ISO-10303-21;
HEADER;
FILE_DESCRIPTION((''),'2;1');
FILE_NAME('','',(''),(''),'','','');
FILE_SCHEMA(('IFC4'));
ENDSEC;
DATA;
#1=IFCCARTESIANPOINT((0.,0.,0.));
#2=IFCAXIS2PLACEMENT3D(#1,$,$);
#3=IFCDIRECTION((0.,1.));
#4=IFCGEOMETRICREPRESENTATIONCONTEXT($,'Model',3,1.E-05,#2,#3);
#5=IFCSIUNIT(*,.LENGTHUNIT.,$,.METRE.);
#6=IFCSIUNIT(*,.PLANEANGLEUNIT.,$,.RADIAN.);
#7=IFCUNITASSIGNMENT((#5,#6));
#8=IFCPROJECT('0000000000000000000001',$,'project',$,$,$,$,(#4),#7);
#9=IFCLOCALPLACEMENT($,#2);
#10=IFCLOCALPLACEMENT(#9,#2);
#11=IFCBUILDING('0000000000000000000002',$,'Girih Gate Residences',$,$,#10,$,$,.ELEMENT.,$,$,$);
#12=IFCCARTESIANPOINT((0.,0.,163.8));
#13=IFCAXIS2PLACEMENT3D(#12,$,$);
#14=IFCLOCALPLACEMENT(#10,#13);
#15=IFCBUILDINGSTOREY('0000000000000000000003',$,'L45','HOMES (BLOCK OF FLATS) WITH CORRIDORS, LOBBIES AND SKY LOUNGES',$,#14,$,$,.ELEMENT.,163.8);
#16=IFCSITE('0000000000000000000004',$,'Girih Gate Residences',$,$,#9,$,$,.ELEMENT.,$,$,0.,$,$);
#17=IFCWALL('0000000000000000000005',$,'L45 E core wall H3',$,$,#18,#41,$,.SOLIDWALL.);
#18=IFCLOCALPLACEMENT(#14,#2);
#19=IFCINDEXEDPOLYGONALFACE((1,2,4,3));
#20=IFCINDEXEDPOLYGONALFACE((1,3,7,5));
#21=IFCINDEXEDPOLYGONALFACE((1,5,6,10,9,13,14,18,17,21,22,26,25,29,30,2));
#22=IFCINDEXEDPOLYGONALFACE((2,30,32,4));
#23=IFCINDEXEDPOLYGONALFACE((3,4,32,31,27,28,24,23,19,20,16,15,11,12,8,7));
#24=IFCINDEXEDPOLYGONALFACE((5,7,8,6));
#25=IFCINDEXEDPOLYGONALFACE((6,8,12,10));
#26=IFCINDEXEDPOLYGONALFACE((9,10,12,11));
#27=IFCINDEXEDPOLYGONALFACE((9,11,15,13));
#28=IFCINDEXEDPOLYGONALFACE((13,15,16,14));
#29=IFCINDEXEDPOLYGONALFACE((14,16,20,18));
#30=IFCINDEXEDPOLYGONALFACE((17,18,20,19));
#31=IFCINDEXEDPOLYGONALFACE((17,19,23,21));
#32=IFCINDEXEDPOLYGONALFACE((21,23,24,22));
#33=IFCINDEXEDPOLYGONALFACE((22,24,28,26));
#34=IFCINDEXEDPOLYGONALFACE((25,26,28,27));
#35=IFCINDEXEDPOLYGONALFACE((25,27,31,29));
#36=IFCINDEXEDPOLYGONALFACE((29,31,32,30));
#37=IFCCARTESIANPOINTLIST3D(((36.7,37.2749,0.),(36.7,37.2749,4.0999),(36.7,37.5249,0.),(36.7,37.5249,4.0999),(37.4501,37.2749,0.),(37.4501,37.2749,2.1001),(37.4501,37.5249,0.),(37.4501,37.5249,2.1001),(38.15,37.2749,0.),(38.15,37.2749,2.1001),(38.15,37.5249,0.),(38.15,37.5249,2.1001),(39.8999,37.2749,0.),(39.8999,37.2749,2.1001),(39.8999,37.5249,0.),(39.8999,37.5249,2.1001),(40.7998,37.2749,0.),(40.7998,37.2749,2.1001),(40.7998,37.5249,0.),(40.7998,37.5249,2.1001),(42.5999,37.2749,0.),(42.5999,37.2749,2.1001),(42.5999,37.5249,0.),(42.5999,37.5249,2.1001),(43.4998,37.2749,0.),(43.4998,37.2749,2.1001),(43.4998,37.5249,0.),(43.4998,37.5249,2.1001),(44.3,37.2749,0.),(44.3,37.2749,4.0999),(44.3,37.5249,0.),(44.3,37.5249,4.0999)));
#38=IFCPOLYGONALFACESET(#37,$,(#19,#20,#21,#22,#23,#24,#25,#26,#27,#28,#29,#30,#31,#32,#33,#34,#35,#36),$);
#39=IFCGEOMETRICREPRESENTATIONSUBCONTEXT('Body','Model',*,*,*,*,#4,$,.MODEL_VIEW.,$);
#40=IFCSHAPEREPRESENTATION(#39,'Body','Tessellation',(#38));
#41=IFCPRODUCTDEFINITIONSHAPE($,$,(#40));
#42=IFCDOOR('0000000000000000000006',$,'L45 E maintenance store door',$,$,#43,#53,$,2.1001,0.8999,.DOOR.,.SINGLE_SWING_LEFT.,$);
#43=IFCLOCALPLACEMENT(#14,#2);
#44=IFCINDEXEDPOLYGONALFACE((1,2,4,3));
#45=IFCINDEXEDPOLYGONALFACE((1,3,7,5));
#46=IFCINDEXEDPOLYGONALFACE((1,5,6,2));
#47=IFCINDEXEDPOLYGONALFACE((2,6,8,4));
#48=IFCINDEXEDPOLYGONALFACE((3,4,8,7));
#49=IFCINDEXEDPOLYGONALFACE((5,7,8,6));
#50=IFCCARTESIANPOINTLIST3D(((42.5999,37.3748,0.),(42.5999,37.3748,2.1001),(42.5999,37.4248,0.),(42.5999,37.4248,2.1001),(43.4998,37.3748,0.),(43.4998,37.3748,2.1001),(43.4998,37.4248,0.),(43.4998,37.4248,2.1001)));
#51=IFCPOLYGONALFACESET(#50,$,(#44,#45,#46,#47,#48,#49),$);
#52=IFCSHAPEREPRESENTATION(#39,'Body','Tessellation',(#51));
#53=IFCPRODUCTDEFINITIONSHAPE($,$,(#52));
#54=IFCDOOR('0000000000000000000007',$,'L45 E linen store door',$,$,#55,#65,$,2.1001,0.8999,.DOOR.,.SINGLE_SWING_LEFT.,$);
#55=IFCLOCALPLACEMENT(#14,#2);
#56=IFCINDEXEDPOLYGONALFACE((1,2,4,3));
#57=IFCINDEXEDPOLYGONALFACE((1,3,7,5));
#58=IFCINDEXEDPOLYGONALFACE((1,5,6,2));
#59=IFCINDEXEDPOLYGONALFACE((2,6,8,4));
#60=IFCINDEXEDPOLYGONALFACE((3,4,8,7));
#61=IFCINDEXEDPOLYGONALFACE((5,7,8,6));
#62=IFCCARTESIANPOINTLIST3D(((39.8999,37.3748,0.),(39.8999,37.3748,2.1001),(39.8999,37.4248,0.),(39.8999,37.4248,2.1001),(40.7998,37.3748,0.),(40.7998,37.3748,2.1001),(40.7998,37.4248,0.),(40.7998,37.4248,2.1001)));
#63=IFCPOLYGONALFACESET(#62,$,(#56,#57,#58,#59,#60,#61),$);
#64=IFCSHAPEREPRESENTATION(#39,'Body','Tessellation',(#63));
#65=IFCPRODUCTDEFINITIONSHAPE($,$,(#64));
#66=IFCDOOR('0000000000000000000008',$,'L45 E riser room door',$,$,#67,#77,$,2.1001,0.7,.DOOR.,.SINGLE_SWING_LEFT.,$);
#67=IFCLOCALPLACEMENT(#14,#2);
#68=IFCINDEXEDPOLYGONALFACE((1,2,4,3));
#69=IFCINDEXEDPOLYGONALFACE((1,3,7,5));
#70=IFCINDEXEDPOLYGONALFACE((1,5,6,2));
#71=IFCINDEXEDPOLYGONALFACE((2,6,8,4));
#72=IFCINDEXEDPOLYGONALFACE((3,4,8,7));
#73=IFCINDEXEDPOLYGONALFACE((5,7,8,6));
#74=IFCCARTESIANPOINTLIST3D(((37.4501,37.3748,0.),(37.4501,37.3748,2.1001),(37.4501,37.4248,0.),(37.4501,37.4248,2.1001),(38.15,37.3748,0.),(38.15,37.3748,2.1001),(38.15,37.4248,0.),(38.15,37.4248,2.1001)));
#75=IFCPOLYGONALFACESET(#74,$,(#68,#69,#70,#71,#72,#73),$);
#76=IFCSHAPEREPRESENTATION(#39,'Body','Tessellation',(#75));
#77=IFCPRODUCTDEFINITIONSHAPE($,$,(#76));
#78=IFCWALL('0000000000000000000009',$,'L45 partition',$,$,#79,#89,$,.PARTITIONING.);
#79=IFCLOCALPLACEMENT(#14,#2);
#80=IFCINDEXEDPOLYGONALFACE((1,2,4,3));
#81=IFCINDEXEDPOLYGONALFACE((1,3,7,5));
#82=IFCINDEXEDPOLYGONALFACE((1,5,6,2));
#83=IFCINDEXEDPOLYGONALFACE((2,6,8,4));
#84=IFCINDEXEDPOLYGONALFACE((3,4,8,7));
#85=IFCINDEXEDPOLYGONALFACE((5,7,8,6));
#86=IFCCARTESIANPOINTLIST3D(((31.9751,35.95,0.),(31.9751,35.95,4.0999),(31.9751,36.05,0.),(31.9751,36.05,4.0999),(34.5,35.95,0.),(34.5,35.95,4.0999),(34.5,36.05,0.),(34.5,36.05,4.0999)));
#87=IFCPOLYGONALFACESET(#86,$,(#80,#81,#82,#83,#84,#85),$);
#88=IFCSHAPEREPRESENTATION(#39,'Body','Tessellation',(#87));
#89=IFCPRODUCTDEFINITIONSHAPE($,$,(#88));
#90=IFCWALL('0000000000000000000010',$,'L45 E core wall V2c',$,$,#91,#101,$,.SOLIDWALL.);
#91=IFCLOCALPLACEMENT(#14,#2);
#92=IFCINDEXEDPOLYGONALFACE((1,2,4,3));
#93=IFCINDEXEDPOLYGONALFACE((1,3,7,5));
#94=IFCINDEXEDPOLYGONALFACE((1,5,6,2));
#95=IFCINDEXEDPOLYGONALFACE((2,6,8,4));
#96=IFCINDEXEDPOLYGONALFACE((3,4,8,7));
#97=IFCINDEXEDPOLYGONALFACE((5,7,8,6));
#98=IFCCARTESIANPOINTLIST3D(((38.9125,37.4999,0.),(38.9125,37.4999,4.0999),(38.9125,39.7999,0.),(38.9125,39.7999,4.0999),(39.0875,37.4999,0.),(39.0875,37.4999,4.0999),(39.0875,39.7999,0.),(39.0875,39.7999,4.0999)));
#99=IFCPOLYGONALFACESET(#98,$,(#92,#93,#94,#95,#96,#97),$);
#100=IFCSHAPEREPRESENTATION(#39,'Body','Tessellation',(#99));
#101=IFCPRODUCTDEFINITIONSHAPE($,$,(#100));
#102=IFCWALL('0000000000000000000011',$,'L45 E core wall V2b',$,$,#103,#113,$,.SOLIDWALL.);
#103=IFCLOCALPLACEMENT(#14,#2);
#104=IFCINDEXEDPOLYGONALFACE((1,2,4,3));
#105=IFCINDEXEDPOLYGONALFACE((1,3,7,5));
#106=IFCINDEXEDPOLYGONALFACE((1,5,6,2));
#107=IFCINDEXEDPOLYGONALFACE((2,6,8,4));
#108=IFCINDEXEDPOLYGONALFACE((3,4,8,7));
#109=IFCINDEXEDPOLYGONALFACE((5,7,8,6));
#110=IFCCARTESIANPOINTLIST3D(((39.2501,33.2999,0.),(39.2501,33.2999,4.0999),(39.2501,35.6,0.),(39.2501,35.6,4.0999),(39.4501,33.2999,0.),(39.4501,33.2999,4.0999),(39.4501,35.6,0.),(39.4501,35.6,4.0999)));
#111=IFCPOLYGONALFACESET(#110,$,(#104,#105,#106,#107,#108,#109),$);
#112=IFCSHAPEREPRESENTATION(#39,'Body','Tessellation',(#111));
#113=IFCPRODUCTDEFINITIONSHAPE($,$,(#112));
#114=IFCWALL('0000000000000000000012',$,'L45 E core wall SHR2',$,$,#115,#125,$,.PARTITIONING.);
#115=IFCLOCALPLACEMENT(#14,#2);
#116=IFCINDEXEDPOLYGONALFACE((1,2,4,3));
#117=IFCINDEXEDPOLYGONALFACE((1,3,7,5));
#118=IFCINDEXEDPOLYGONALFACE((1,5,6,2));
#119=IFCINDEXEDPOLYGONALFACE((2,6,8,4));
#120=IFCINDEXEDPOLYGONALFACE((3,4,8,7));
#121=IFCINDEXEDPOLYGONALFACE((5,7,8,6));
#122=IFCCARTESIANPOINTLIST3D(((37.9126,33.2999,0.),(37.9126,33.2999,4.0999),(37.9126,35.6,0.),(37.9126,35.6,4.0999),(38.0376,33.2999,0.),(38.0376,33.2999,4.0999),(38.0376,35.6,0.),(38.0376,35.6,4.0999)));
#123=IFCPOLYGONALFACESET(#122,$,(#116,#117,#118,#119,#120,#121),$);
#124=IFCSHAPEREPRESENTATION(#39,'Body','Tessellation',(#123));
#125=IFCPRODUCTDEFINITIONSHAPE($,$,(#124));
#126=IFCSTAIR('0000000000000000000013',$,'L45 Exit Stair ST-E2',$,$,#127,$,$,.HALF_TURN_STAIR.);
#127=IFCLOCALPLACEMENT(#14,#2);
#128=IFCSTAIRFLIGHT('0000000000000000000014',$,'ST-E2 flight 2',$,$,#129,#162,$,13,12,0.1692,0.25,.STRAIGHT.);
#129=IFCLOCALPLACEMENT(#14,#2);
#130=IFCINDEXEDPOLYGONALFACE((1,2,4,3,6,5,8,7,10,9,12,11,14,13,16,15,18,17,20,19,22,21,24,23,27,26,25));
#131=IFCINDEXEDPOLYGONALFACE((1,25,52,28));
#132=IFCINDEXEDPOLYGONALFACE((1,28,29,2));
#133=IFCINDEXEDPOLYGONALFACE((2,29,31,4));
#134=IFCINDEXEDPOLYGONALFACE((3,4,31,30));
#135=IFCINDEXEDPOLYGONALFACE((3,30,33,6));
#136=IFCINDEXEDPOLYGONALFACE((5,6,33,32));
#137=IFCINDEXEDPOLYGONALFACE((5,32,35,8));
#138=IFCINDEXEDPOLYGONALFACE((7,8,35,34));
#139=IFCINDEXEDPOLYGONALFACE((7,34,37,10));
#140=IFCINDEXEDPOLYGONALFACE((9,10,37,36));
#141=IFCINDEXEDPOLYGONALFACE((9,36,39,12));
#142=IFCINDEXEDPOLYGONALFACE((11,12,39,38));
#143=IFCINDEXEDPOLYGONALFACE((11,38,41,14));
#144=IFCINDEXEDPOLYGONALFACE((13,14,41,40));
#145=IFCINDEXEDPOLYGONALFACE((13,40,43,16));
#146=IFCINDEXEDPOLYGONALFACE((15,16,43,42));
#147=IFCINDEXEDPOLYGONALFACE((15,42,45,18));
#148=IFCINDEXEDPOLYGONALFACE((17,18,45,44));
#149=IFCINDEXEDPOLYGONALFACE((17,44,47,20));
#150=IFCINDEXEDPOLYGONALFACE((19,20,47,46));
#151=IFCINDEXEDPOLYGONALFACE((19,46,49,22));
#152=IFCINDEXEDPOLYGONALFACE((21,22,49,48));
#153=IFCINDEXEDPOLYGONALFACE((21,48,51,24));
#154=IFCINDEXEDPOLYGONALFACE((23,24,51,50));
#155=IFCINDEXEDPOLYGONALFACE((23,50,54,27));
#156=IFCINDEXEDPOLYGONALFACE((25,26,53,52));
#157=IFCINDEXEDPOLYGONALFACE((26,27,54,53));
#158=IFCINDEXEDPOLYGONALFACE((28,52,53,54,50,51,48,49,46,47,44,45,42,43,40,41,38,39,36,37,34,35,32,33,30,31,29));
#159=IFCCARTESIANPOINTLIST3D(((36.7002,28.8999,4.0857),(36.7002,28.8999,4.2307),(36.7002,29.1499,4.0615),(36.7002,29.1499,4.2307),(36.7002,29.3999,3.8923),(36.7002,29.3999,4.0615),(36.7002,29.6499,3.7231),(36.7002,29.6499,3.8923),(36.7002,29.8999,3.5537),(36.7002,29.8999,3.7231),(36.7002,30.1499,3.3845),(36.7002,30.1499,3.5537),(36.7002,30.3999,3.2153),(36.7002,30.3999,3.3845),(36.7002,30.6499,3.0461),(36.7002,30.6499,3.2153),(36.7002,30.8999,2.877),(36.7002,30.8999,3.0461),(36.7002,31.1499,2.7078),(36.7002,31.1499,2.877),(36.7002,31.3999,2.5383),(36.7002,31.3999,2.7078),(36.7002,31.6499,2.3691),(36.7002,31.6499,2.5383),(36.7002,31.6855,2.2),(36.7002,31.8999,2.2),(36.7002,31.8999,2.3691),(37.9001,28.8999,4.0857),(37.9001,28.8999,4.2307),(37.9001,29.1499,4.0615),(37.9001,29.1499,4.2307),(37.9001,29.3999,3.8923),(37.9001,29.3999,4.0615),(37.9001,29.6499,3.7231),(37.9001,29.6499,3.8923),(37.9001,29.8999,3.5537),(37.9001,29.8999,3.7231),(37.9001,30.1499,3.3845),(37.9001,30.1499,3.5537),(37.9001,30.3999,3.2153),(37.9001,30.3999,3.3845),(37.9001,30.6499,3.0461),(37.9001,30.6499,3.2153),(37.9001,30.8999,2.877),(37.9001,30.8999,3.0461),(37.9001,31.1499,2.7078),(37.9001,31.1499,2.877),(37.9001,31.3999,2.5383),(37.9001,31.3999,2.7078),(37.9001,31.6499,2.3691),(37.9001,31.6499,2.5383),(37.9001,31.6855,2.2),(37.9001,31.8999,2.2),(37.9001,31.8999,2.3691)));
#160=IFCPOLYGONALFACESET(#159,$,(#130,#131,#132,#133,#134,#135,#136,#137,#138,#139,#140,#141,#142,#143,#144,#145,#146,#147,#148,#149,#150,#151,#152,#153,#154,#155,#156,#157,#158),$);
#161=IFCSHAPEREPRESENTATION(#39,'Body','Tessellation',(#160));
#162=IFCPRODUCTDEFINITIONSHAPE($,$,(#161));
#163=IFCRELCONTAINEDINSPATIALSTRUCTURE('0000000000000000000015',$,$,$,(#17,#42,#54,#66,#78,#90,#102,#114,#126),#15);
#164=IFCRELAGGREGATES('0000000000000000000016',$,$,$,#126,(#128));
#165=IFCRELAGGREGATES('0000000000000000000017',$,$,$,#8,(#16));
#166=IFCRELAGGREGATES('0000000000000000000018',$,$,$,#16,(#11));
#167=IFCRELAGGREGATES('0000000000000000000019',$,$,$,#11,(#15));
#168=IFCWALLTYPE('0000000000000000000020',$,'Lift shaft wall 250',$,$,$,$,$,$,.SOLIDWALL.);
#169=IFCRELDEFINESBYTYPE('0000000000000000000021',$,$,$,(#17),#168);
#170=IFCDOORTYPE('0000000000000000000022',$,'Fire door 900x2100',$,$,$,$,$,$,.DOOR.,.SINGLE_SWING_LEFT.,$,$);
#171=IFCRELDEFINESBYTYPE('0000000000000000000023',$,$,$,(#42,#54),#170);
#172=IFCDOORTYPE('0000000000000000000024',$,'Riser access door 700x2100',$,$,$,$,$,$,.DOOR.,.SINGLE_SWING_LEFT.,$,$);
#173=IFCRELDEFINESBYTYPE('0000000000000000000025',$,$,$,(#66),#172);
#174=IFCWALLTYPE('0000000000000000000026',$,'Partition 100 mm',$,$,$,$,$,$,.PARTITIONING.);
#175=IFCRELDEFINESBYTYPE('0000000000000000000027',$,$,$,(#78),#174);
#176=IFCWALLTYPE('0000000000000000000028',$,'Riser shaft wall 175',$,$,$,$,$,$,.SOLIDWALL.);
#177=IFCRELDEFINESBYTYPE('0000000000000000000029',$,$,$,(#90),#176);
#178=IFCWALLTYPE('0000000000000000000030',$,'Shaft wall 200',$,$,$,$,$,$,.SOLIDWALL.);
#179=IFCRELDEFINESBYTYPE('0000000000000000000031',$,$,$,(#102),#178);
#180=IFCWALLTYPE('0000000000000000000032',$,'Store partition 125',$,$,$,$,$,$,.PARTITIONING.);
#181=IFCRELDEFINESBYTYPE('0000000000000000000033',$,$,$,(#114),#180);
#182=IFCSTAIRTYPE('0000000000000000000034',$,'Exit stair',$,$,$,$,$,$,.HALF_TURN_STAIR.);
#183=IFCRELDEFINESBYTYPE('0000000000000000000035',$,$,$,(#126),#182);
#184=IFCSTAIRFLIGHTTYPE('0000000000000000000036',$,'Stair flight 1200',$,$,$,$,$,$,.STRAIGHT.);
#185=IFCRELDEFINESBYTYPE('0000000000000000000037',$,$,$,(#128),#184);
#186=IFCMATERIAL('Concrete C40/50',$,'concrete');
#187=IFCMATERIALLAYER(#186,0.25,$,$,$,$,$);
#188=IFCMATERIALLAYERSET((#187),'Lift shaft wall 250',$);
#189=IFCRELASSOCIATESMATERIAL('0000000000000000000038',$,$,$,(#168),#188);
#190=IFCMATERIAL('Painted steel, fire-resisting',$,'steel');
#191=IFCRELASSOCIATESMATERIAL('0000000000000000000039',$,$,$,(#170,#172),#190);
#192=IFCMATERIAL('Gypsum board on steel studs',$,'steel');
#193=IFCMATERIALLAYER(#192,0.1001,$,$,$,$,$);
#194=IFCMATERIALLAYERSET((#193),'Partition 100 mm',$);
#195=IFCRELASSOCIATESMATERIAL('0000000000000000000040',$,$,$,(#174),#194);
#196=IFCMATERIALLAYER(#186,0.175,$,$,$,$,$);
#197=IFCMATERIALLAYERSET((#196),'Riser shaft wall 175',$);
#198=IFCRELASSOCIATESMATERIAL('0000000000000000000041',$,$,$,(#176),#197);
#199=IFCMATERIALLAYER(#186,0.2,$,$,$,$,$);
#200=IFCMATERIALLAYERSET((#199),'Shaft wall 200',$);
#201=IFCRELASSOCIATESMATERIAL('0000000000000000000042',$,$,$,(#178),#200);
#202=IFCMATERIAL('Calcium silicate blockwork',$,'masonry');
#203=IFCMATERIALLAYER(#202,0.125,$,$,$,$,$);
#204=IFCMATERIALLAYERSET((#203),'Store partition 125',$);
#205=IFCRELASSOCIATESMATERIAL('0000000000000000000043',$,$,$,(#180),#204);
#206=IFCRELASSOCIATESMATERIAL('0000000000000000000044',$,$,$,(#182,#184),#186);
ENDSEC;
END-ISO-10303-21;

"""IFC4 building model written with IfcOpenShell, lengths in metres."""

from ifc_helpers import new_model, si_unit, direction, frame, frame_2d, origin, place, context, subcontext, project, spatial, polyline, rectangle, outline, extrude, material, layer, layer_set, type_object, element, fill, aggregate, save


model = new_model("IFC4")

# Units and contexts
model_context = context("Model", 3, precision=1e-05, world=origin(), true_north=direction((0.0, 1.0)))
body_context = subcontext(model_context, "Body", "Model", "MODEL_VIEW")
ifc_project = project(units=[si_unit("LENGTHUNIT", "METRE"), si_unit("PLANEANGLEUNIT", "RADIAN")], contexts=[model_context])

# Site, building, storey
site_placement = place(None, origin())
site = spatial("IfcSite", under=ifc_project, at=site_placement, Name="Girih Gate Residences", CompositionType="ELEMENT", RefElevation=0.0)
building_placement = place(site_placement, origin())
building = spatial("IfcBuilding", under=site, at=building_placement, Name="Girih Gate Residences", CompositionType="ELEMENT")
storey_placement = place(building_placement, frame((0.0, 0.0, 163.8)))
storey = spatial("IfcBuildingStorey", under=building, at=storey_placement, Name="L45", Description="HOMES (BLOCK OF FLATS) WITH CORRIDORS, LOBBIES AND SKY LOUNGES", CompositionType="ELEMENT", Elevation=163.8)

# Shared definitions
ifc_material_1 = material(Name="Gypsum board on steel studs", Category="steel")
ifc_material_2 = material(Name="Concrete C40/50", Category="concrete")
ifc_layer_1 = layer(ifc_material_2, 0.25)
ifc_layer_set_1 = layer_set([ifc_layer_1], Name="Lift shaft wall 250")
wall_type_1 = type_object("IfcWallType", Name="Lift shaft wall 250", PredefinedType="SOLIDWALL", material=ifc_layer_set_1)

# Wall, openings, doors
ifc_material_3 = material(Name="Painted steel, fire-resisting", Category="steel")
door_type_1 = type_object("IfcDoorType", Name="Fire door 900x2100", OperationType="SINGLE_SWING_LEFT", PredefinedType="DOOR", material=ifc_material_3)
wall_1_placement = place(storey_placement, frame((36.7, 37.3999, 0.0), z_axis=(0.0, 0.0, 1.0), x_axis=(1.0, 0.0, 0.0)))
wall_1 = element("IfcWall", 1, at=wall_1_placement, inside=storey, type_object=wall_type_1, Name="L45 E core wall H3", PredefinedType="SOLIDWALL", context=body_context, shape_type="SweptSolid", body=[
    extrude(rectangle(XDim=7.6001, YDim=0.25, at=frame_2d((3.8, 0.0))), origin(), (0.0, 0.0, 1.0), 4.0999),
])
opening_1_placement = place(wall_1_placement, frame((0.75, 0.0, 0.0)))
opening_1 = element("IfcOpeningElement", 2, at=opening_1_placement, cuts=wall_1, PredefinedType="OPENING", context=body_context, shape_type="SweptSolid", body=[
    extrude(rectangle(XDim=0.7, YDim=2.1001, at=frame_2d((0.3501, 1.05))), frame((0.0, 0.135, 0.0), z_axis=(0.0, -1.0, 0.0), x_axis=(1.0, 0.0, 0.0)), (0.0, 0.0, 1.0), 0.27),
])
opening_2_placement = place(wall_1_placement, frame((5.8999, 0.0, 0.0)))
opening_2 = element("IfcOpeningElement", 3, at=opening_2_placement, cuts=wall_1, PredefinedType="OPENING", context=body_context, shape_type="SweptSolid", body=[
    extrude(rectangle(XDim=0.8999, YDim=2.1001, at=frame_2d((0.45, 1.05))), frame((0.0, 0.135, 0.0), z_axis=(0.0, -1.0, 0.0), x_axis=(1.0, 0.0, 0.0)), (0.0, 0.0, 1.0), 0.27),
])
opening_3_placement = place(wall_1_placement, frame((3.2, 0.0, 0.0)))
opening_3 = element("IfcOpeningElement", 4, at=opening_3_placement, cuts=wall_1, PredefinedType="OPENING", context=body_context, shape_type="SweptSolid", body=[
    extrude(rectangle(XDim=0.8999, YDim=2.1001, at=frame_2d((0.45, 1.05))), frame((0.0, 0.135, 0.0), z_axis=(0.0, -1.0, 0.0), x_axis=(1.0, 0.0, 0.0)), (0.0, 0.0, 1.0), 0.27),
])
door_1_placement = place(opening_2_placement, origin())
door_1 = element("IfcDoor", 5, at=door_1_placement, inside=storey, type_object=door_type_1, Name="L45 E maintenance store door", OperationType="SINGLE_SWING_LEFT", OverallHeight=2.1001, OverallWidth=0.8999, PredefinedType="DOOR", context=body_context, shape_type="SweptSolid", body=[
    extrude(rectangle(XDim=0.8999, YDim=2.1001, at=frame_2d((0.45, 1.05))), frame((0.0, 0.0249, 0.0), z_axis=(0.0, -1.0, 0.0), x_axis=(1.0, 0.0, 0.0)), (0.0, 0.0, 1.0), 0.05),
])
fill(opening_2, door_1)
door_2_placement = place(opening_3_placement, origin())
door_2 = element("IfcDoor", 6, at=door_2_placement, inside=storey, type_object=door_type_1, Name="L45 E linen store door", OperationType="SINGLE_SWING_LEFT", OverallHeight=2.1001, OverallWidth=0.8999, PredefinedType="DOOR", context=body_context, shape_type="SweptSolid", body=[
    extrude(rectangle(XDim=0.8999, YDim=2.1001, at=frame_2d((0.45, 1.05))), frame((0.0, 0.0249, 0.0), z_axis=(0.0, -1.0, 0.0), x_axis=(1.0, 0.0, 0.0)), (0.0, 0.0, 1.0), 0.05),
])
fill(opening_3, door_2)
door_type_2 = type_object("IfcDoorType", Name="Riser access door 700x2100", OperationType="SINGLE_SWING_LEFT", PredefinedType="DOOR", material=ifc_material_3)
door_3_placement = place(opening_1_placement, origin())
door_3 = element("IfcDoor", 7, at=door_3_placement, inside=storey, type_object=door_type_2, Name="L45 E riser room door", OperationType="SINGLE_SWING_LEFT", OverallHeight=2.1001, OverallWidth=0.7, PredefinedType="DOOR", context=body_context, shape_type="SweptSolid", body=[
    extrude(rectangle(XDim=0.7, YDim=2.1001, at=frame_2d((0.3501, 1.05))), frame((0.0, 0.0249, 0.0), z_axis=(0.0, -1.0, 0.0), x_axis=(1.0, 0.0, 0.0)), (0.0, 0.0, 1.0), 0.05),
])
fill(opening_1, door_3)

# Walls
ifc_layer_2 = layer(ifc_material_1, 0.1001)
ifc_layer_set_2 = layer_set([ifc_layer_2], Name="Partition 100 mm")
wall_type_2 = type_object("IfcWallType", Name="Partition 100 mm", PredefinedType="PARTITIONING", material=ifc_layer_set_2)
wall_2_placement = place(storey_placement, frame((31.9751, 36.0, 0.0), z_axis=(0.0, 0.0, 1.0), x_axis=(1.0, 0.0, 0.0)))
element("IfcWall", 8, at=wall_2_placement, inside=storey, type_object=wall_type_2, Name="L45 partition", PredefinedType="PARTITIONING", context=body_context, shape_type="SweptSolid", body=[
    extrude(rectangle(XDim=2.5249, YDim=0.1001, at=frame_2d((1.2625, 0.0))), origin(), (0.0, 0.0, 1.0), 4.0999),
])
ifc_layer_3 = layer(ifc_material_2, 0.175)
ifc_layer_set_3 = layer_set([ifc_layer_3], Name="Riser shaft wall 175")
wall_type_3 = type_object("IfcWallType", Name="Riser shaft wall 175", PredefinedType="SOLIDWALL", material=ifc_layer_set_3)
wall_3_placement = place(storey_placement, frame((39.0, 37.5, 0.0), z_axis=(0.0, 0.0, 1.0), x_axis=(0.0, 1.0, 0.0)))
element("IfcWall", 9, at=wall_3_placement, inside=storey, type_object=wall_type_3, Name="L45 E core wall V2c", PredefinedType="SOLIDWALL", context=body_context, shape_type="SweptSolid", body=[
    extrude(rectangle(XDim=2.3, YDim=0.175, at=frame_2d((1.1499, 0.0))), origin(), (0.0, 0.0, 1.0), 4.0999),
])
ifc_layer_4 = layer(ifc_material_2, 0.2)
ifc_layer_set_4 = layer_set([ifc_layer_4], Name="Shaft wall 200")
wall_type_4 = type_object("IfcWallType", Name="Shaft wall 200", PredefinedType="SOLIDWALL", material=ifc_layer_set_4)
wall_4_placement = place(storey_placement, frame((39.3501, 33.3, 0.0), z_axis=(0.0, 0.0, 1.0), x_axis=(0.0, 1.0, 0.0)))
element("IfcWall", 10, at=wall_4_placement, inside=storey, type_object=wall_type_4, Name="L45 E core wall V2b", PredefinedType="SOLIDWALL", context=body_context, shape_type="SweptSolid", body=[
    extrude(rectangle(XDim=2.3, YDim=0.2, at=frame_2d((1.1499, 0.0))), origin(), (0.0, 0.0, 1.0), 4.0999),
])
ifc_material_4 = material(Name="Calcium silicate blockwork", Category="masonry")
ifc_layer_5 = layer(ifc_material_4, 0.125)
ifc_layer_set_5 = layer_set([ifc_layer_5], Name="Store partition 125")
wall_type_5 = type_object("IfcWallType", Name="Store partition 125", PredefinedType="PARTITIONING", material=ifc_layer_set_5)
wall_5_placement = place(storey_placement, frame((37.9751, 33.3, 0.0), z_axis=(0.0, 0.0, 1.0), x_axis=(0.0, 1.0, 0.0)))
element("IfcWall", 11, at=wall_5_placement, inside=storey, type_object=wall_type_5, Name="L45 E core wall SHR2", PredefinedType="PARTITIONING", context=body_context, shape_type="SweptSolid", body=[
    extrude(rectangle(XDim=2.3, YDim=0.125, at=frame_2d((1.1499, 0.0))), origin(), (0.0, 0.0, 1.0), 4.0999),
])

# Stair, stair flight
stair_type = type_object("IfcStairType", Name="Exit stair", PredefinedType="HALF_TURN_STAIR", material=ifc_material_2)
stair_placement = place(storey_placement, origin())
stair = element("IfcStair", 12, at=stair_placement, inside=storey, type_object=stair_type, Name="L45 Exit Stair ST-E2", PredefinedType="HALF_TURN_STAIR")
stair_flight_type = type_object("IfcStairFlightType", Name="Stair flight 1200", PredefinedType="STRAIGHT", material=ifc_material_2)
stair_flight_placement = place(storey_placement, frame((37.3, 31.8999, 2.2), z_axis=(0.0, 0.0, 1.0), x_axis=(0.0, -1.0, 0.0)))
stair_flight = element("IfcStairFlight", 13, at=stair_flight_placement, type_object=stair_flight_type, Name="ST-E2 flight 2", NumberOfRisers=13, NumberOfTreads=12, PredefinedType="STRAIGHT", RiserHeight=0.1692, TreadLength=0.25, context=body_context, shape_type="SweptSolid", body=[
    extrude(outline(polyline([(0.0, 0.0), (0.0, 0.1692), (0.25, 0.1692), (0.25, 0.3384), (0.5, 0.3384), (0.5, 0.5078), (0.75, 0.5078), (0.75, 0.677), (1.0, 0.677), (1.0, 0.8462), (1.25, 0.8462), (1.25, 1.0154), (1.5, 1.0154), (1.5, 1.1846), (1.75, 1.1846), (1.75, 1.3538), (2.0, 1.3538), (2.0, 1.5232), (2.25, 1.5232), (2.25, 1.6924), (2.5, 1.6924), (2.5, 1.8616), (2.75, 1.8616), (2.75, 2.0308), (3.0, 2.0308), (3.0, 2.2), (3.0, 1.8857), (0.2144, 0.0), (0.0, 0.0)])), frame((0.0, 0.6001, 0.0), z_axis=(0.0, -1.0, 0.0), x_axis=(1.0, 0.0, 0.0)), (0.0, 0.0, 1.0), 1.2),
])
aggregate(stair, [stair_flight])

save(model, "model.ifc")
